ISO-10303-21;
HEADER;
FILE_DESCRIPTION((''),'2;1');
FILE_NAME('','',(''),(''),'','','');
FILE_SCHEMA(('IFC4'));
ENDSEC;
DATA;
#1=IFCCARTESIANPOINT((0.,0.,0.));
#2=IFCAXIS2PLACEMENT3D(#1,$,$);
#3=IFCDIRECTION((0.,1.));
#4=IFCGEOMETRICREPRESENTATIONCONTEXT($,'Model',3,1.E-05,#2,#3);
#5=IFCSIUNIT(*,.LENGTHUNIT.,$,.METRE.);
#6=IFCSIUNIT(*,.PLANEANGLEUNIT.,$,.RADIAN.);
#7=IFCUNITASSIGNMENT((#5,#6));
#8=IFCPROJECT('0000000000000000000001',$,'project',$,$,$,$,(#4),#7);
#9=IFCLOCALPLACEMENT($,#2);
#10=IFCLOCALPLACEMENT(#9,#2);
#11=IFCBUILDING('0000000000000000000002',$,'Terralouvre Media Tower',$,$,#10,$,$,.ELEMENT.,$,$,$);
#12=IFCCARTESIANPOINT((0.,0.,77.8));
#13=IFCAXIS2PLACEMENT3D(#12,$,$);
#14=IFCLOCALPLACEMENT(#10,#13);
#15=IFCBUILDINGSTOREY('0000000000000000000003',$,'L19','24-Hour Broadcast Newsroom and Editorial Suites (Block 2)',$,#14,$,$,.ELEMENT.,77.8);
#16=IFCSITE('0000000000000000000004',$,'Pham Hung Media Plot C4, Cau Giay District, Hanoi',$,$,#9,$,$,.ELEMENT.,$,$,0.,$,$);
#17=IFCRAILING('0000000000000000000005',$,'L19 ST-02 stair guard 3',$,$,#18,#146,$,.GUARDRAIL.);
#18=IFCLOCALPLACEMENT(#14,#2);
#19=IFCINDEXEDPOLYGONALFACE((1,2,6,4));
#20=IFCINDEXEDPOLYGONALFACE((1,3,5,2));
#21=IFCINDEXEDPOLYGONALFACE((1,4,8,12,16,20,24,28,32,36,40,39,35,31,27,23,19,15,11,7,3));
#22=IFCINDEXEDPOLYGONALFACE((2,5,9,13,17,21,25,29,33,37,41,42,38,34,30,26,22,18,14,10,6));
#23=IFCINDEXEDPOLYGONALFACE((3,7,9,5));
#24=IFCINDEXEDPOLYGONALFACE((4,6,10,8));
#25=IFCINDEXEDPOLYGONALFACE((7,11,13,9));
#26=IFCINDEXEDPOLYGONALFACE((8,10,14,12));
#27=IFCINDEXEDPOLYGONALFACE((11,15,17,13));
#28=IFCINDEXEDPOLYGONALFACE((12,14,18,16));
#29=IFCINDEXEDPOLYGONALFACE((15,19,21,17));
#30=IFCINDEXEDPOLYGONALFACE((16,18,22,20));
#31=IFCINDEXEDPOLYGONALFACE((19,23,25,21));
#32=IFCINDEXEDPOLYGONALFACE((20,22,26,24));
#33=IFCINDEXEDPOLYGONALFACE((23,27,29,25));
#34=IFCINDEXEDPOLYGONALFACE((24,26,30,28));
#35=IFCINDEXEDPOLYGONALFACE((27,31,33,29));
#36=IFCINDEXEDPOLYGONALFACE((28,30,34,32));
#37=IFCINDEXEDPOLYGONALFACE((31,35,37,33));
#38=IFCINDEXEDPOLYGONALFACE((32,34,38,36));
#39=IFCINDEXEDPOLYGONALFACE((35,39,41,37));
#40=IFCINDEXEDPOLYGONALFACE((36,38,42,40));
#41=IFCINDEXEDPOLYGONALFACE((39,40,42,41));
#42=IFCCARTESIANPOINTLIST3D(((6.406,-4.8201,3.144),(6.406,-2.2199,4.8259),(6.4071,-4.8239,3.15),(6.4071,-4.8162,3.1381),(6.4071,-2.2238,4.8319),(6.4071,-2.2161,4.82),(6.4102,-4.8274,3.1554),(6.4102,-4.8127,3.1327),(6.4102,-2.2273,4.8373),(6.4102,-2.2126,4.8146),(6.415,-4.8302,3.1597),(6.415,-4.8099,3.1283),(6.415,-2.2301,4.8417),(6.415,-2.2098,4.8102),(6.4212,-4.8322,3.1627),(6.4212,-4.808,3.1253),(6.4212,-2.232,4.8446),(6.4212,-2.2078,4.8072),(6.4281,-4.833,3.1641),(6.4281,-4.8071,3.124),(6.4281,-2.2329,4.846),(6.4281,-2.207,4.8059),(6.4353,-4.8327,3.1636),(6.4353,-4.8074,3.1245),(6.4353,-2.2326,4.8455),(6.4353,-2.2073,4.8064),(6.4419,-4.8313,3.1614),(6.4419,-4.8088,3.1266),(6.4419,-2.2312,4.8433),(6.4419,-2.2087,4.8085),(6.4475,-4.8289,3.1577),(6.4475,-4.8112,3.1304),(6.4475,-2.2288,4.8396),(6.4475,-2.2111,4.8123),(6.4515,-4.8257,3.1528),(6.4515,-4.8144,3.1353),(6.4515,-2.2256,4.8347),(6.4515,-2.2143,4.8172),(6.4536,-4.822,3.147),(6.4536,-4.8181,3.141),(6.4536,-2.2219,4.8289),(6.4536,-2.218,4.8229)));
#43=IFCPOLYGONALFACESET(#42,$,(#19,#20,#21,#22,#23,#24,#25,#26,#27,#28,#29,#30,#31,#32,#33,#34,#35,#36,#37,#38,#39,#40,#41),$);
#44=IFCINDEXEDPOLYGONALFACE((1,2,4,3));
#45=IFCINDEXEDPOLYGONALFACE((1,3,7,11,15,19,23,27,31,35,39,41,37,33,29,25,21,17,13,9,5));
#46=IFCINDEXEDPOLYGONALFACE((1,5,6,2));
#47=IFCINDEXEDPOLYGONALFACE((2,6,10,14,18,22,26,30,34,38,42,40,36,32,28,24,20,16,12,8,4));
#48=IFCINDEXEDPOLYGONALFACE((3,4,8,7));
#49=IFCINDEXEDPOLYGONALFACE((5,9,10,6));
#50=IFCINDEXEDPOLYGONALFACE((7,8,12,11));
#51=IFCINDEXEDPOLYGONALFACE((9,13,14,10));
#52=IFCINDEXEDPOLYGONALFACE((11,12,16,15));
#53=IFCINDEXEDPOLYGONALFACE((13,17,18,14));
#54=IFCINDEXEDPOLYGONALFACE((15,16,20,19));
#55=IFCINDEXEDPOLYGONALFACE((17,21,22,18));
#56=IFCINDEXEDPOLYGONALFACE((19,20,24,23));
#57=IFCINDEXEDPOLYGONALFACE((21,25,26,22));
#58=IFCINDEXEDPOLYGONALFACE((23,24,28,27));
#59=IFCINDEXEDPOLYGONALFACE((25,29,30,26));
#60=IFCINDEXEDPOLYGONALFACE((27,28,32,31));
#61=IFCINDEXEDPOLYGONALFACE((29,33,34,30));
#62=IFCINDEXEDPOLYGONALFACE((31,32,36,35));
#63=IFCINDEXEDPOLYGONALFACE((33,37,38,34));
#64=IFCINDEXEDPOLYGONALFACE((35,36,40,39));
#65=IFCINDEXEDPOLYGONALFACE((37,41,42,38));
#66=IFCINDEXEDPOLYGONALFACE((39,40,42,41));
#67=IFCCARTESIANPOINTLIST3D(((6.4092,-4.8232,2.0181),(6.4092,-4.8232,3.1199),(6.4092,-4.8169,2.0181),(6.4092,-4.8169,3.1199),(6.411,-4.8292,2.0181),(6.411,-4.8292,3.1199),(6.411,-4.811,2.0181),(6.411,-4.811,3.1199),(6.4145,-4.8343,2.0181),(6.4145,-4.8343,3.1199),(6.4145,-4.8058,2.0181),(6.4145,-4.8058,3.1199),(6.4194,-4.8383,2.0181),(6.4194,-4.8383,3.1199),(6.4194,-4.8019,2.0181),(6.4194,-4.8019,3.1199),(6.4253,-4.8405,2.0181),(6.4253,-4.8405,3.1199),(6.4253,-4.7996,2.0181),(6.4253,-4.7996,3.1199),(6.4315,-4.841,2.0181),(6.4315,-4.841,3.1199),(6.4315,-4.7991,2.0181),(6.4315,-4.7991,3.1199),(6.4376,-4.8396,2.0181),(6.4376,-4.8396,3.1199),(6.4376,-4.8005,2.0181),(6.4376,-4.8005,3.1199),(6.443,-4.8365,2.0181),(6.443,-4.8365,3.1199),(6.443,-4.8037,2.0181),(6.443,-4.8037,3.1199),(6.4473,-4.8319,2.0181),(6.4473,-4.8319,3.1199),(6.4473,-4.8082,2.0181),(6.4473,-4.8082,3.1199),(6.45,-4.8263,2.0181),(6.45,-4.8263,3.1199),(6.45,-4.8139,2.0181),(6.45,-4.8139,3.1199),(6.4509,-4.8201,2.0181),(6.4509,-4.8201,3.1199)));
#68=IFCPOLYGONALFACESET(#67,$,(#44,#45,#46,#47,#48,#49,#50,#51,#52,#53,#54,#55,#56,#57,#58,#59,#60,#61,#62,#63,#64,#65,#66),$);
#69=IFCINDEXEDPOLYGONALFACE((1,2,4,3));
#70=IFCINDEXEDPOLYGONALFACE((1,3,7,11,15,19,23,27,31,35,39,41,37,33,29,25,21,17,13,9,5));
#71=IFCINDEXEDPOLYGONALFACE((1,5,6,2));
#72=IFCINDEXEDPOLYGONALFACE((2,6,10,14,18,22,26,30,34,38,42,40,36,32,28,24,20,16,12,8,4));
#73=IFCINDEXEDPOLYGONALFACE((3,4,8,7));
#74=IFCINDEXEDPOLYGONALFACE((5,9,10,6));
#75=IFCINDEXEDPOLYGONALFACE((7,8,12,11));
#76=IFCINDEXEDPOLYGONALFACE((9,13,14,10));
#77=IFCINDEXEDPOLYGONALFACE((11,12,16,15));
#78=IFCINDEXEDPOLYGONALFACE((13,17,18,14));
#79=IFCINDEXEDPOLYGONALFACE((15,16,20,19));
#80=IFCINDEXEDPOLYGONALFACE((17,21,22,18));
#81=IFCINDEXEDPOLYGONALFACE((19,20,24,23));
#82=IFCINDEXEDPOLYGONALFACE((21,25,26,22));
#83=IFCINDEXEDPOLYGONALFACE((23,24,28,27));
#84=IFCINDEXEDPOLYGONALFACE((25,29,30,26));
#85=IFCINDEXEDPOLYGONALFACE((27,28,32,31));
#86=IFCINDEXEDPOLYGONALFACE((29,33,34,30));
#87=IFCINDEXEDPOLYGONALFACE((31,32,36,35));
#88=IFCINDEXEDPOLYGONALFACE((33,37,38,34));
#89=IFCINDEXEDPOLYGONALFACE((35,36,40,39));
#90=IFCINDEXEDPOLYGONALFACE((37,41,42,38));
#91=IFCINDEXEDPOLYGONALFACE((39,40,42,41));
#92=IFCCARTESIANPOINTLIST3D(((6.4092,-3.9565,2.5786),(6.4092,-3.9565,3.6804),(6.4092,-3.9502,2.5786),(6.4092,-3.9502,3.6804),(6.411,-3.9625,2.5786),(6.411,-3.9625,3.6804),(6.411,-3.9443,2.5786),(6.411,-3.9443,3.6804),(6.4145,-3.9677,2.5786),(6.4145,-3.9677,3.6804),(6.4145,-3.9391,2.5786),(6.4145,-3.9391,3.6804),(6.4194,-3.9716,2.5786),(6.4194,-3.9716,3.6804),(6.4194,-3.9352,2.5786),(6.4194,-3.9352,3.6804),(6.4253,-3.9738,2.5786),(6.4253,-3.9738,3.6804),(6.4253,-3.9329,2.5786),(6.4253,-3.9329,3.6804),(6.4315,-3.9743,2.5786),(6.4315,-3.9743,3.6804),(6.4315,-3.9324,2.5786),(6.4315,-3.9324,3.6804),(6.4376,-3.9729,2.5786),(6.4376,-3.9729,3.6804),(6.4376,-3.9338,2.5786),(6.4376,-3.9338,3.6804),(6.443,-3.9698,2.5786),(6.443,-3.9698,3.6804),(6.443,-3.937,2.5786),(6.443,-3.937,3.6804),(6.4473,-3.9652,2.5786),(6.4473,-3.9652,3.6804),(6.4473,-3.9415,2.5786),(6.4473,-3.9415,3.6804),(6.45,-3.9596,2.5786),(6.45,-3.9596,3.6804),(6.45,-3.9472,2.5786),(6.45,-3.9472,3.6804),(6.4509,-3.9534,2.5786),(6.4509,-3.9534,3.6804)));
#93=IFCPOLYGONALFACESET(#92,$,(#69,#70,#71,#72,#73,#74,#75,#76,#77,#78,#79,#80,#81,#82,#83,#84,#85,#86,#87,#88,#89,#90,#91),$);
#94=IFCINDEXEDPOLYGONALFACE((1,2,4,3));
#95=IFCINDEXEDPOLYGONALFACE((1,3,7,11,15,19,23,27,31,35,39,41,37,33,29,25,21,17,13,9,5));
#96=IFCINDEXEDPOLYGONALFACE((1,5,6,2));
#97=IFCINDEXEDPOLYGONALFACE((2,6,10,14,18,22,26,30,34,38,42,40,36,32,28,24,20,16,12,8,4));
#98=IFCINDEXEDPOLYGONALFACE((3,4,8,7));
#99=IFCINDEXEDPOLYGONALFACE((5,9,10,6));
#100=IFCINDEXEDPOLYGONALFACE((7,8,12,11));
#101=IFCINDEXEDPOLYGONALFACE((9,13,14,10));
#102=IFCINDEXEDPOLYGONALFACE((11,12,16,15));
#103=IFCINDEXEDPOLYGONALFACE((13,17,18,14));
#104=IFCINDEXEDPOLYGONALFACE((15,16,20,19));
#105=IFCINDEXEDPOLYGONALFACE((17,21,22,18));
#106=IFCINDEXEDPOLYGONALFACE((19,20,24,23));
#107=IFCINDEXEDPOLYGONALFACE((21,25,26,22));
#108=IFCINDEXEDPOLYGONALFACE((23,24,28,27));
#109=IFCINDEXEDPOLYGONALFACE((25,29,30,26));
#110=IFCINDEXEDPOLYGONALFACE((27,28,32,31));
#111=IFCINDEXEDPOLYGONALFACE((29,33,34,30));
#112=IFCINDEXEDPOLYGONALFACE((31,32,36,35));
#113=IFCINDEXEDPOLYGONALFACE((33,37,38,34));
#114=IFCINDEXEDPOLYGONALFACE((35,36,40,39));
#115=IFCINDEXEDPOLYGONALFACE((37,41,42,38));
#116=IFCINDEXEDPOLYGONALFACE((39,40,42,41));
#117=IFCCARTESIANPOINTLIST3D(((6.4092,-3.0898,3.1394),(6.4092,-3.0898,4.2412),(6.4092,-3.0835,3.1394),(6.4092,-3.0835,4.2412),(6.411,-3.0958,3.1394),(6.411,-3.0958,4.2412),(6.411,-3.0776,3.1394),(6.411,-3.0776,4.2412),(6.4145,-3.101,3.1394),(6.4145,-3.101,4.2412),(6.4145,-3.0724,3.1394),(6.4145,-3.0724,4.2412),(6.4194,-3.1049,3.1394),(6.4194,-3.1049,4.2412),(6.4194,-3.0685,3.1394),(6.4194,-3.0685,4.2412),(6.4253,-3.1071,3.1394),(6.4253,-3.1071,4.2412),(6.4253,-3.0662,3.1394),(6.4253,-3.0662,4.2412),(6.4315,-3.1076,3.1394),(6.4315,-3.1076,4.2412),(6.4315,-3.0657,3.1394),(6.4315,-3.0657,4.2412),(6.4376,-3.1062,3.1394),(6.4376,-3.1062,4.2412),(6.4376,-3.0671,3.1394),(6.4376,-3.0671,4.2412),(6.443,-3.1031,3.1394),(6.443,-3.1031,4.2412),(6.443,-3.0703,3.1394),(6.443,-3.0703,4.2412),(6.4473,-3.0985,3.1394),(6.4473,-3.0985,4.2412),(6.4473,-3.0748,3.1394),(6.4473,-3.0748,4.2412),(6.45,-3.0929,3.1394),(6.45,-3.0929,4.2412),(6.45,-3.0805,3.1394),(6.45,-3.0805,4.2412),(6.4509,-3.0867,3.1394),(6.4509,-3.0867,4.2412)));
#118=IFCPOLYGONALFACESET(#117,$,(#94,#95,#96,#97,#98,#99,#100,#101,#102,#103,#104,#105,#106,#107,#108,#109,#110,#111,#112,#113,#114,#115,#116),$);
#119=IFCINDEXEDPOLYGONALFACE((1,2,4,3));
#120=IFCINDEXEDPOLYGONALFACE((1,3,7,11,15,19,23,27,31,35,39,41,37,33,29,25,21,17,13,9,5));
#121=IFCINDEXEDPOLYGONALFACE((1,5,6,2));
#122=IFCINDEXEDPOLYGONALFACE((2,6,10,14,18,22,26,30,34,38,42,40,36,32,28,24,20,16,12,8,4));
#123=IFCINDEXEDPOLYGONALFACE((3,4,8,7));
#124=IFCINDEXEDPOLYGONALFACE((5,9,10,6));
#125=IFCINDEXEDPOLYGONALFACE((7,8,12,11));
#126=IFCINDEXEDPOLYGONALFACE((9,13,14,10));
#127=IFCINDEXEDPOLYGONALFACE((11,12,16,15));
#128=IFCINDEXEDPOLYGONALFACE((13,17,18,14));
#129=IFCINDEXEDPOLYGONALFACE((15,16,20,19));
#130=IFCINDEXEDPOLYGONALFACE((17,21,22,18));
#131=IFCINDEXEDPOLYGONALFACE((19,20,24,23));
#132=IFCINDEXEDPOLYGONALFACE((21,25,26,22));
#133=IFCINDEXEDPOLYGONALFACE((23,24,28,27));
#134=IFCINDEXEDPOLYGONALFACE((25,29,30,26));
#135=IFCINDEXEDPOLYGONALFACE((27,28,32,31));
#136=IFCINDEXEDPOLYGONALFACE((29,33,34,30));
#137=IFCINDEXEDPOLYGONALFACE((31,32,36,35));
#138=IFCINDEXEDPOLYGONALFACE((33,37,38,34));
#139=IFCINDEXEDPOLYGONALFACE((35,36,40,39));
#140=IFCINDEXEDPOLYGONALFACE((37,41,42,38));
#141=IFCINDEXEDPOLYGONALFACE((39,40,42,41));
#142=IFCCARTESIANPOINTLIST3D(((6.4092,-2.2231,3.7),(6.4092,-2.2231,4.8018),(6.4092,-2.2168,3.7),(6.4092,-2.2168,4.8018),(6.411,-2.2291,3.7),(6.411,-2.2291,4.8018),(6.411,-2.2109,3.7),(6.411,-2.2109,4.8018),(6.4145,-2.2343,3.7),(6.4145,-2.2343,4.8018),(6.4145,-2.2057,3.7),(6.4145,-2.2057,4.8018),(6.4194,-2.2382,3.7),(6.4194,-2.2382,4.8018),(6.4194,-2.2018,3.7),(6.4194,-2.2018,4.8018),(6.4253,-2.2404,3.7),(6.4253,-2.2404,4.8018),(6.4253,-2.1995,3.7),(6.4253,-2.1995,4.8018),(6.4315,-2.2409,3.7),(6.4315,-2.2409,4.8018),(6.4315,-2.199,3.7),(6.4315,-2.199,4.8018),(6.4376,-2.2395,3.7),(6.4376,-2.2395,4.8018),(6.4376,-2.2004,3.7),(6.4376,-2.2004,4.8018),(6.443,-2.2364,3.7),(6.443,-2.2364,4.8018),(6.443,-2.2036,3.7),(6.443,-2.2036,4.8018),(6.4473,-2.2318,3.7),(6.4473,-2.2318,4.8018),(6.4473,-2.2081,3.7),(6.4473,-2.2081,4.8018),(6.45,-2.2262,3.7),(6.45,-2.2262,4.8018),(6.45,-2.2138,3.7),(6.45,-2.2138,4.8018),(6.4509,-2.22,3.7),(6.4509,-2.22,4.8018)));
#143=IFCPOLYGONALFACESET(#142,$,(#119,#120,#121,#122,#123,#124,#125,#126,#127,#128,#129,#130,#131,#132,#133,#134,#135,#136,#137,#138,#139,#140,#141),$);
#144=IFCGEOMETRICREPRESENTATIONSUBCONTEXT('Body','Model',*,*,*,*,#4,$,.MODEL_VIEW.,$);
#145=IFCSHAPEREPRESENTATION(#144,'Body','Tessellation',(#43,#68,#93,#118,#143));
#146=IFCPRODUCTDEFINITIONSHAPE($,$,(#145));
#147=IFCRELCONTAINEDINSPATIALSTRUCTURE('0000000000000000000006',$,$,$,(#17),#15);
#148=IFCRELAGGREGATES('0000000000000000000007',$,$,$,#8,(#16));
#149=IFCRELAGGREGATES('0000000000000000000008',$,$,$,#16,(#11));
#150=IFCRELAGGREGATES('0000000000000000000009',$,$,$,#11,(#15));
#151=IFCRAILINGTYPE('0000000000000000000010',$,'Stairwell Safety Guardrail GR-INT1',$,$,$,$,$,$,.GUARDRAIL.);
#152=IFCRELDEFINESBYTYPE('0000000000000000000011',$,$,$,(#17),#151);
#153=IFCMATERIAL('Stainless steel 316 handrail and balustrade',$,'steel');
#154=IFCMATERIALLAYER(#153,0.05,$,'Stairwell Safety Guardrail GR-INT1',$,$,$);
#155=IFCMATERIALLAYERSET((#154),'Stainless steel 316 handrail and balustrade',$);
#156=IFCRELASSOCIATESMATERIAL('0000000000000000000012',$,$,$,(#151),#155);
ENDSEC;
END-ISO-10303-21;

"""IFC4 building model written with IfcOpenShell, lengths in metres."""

from ifc_helpers import new_model, si_unit, direction, frame, origin, origin_2d, place, context, subcontext, project, spatial, circle, extrude, material, layer, layer_set, type_object, element, save


model = new_model("IFC4")

# Units and contexts
model_context = context("Model", 3, precision=1e-05, world=origin(), true_north=direction((0.0, 1.0)))
body_context = subcontext(model_context, "Body", "Model", "MODEL_VIEW")
ifc_project = project(units=[si_unit("LENGTHUNIT", "METRE"), si_unit("PLANEANGLEUNIT", "RADIAN")], contexts=[model_context])

# Site, building, storey
site_placement = place(None, origin())
site = spatial("IfcSite", under=ifc_project, at=site_placement, Name="Pham Hung Media Plot C4, Cau Giay District, Hanoi", CompositionType="ELEMENT", RefElevation=0.0)
building_placement = place(site_placement, origin())
building = spatial("IfcBuilding", under=site, at=building_placement, Name="Terralouvre Media Tower", CompositionType="ELEMENT")
storey_placement = place(building_placement, frame((0.0, 0.0, 77.8)))
storey = spatial("IfcBuildingStorey", under=building, at=storey_placement, Name="L19", Description="24-Hour Broadcast Newsroom and Editorial Suites (Block 2)", CompositionType="ELEMENT", Elevation=77.8)

# Railing
ifc_material_1 = material(Name="Stainless steel 316 handrail and balustrade", Category="steel")
ifc_layer_1 = layer(ifc_material_1, 0.05, Name="Stairwell Safety Guardrail GR-INT1")
ifc_layer_set_1 = layer_set([ifc_layer_1], Name="Stainless steel 316 handrail and balustrade")
railing_type_1 = type_object("IfcRailingType", Name="Stairwell Safety Guardrail GR-INT1", PredefinedType="GUARDRAIL", material=ifc_layer_set_1)
railing_1_placement = place(storey_placement, frame((6.4299, -4.8201, 2.0181)))
element("IfcRailing", 1, at=railing_1_placement, inside=storey, type_object=railing_type_1, Name="L19 ST-02 stair guard 3", PredefinedType="GUARDRAIL", context=body_context, shape_type="SweptSolid", body=[
    extrude(circle(Radius=0.0239, at=origin_2d()), frame((0.0, 0.0, 1.126), z_axis=(0.0, 0.839648, 0.54313), x_axis=(-1.0, 0.0, 0.0)), (0.0, 0.0, 1.0), 3.0967),
    extrude(circle(Radius=0.021, at=origin_2d()), origin(), (0.0, 0.0, 1.0), 1.1018),
    extrude(circle(Radius=0.021, at=origin_2d()), frame((0.0, 0.8667, 0.5605)), (0.0, 0.0, 1.0), 1.1018),
    extrude(circle(Radius=0.021, at=origin_2d()), frame((0.0, 1.7334, 1.1213)), (0.0, 0.0, 1.0), 1.1018),
    extrude(circle(Radius=0.021, at=origin_2d()), frame((0.0, 2.6001, 1.6819)), (0.0, 0.0, 1.0), 1.1018),
])

save(model, "model.ifc")
